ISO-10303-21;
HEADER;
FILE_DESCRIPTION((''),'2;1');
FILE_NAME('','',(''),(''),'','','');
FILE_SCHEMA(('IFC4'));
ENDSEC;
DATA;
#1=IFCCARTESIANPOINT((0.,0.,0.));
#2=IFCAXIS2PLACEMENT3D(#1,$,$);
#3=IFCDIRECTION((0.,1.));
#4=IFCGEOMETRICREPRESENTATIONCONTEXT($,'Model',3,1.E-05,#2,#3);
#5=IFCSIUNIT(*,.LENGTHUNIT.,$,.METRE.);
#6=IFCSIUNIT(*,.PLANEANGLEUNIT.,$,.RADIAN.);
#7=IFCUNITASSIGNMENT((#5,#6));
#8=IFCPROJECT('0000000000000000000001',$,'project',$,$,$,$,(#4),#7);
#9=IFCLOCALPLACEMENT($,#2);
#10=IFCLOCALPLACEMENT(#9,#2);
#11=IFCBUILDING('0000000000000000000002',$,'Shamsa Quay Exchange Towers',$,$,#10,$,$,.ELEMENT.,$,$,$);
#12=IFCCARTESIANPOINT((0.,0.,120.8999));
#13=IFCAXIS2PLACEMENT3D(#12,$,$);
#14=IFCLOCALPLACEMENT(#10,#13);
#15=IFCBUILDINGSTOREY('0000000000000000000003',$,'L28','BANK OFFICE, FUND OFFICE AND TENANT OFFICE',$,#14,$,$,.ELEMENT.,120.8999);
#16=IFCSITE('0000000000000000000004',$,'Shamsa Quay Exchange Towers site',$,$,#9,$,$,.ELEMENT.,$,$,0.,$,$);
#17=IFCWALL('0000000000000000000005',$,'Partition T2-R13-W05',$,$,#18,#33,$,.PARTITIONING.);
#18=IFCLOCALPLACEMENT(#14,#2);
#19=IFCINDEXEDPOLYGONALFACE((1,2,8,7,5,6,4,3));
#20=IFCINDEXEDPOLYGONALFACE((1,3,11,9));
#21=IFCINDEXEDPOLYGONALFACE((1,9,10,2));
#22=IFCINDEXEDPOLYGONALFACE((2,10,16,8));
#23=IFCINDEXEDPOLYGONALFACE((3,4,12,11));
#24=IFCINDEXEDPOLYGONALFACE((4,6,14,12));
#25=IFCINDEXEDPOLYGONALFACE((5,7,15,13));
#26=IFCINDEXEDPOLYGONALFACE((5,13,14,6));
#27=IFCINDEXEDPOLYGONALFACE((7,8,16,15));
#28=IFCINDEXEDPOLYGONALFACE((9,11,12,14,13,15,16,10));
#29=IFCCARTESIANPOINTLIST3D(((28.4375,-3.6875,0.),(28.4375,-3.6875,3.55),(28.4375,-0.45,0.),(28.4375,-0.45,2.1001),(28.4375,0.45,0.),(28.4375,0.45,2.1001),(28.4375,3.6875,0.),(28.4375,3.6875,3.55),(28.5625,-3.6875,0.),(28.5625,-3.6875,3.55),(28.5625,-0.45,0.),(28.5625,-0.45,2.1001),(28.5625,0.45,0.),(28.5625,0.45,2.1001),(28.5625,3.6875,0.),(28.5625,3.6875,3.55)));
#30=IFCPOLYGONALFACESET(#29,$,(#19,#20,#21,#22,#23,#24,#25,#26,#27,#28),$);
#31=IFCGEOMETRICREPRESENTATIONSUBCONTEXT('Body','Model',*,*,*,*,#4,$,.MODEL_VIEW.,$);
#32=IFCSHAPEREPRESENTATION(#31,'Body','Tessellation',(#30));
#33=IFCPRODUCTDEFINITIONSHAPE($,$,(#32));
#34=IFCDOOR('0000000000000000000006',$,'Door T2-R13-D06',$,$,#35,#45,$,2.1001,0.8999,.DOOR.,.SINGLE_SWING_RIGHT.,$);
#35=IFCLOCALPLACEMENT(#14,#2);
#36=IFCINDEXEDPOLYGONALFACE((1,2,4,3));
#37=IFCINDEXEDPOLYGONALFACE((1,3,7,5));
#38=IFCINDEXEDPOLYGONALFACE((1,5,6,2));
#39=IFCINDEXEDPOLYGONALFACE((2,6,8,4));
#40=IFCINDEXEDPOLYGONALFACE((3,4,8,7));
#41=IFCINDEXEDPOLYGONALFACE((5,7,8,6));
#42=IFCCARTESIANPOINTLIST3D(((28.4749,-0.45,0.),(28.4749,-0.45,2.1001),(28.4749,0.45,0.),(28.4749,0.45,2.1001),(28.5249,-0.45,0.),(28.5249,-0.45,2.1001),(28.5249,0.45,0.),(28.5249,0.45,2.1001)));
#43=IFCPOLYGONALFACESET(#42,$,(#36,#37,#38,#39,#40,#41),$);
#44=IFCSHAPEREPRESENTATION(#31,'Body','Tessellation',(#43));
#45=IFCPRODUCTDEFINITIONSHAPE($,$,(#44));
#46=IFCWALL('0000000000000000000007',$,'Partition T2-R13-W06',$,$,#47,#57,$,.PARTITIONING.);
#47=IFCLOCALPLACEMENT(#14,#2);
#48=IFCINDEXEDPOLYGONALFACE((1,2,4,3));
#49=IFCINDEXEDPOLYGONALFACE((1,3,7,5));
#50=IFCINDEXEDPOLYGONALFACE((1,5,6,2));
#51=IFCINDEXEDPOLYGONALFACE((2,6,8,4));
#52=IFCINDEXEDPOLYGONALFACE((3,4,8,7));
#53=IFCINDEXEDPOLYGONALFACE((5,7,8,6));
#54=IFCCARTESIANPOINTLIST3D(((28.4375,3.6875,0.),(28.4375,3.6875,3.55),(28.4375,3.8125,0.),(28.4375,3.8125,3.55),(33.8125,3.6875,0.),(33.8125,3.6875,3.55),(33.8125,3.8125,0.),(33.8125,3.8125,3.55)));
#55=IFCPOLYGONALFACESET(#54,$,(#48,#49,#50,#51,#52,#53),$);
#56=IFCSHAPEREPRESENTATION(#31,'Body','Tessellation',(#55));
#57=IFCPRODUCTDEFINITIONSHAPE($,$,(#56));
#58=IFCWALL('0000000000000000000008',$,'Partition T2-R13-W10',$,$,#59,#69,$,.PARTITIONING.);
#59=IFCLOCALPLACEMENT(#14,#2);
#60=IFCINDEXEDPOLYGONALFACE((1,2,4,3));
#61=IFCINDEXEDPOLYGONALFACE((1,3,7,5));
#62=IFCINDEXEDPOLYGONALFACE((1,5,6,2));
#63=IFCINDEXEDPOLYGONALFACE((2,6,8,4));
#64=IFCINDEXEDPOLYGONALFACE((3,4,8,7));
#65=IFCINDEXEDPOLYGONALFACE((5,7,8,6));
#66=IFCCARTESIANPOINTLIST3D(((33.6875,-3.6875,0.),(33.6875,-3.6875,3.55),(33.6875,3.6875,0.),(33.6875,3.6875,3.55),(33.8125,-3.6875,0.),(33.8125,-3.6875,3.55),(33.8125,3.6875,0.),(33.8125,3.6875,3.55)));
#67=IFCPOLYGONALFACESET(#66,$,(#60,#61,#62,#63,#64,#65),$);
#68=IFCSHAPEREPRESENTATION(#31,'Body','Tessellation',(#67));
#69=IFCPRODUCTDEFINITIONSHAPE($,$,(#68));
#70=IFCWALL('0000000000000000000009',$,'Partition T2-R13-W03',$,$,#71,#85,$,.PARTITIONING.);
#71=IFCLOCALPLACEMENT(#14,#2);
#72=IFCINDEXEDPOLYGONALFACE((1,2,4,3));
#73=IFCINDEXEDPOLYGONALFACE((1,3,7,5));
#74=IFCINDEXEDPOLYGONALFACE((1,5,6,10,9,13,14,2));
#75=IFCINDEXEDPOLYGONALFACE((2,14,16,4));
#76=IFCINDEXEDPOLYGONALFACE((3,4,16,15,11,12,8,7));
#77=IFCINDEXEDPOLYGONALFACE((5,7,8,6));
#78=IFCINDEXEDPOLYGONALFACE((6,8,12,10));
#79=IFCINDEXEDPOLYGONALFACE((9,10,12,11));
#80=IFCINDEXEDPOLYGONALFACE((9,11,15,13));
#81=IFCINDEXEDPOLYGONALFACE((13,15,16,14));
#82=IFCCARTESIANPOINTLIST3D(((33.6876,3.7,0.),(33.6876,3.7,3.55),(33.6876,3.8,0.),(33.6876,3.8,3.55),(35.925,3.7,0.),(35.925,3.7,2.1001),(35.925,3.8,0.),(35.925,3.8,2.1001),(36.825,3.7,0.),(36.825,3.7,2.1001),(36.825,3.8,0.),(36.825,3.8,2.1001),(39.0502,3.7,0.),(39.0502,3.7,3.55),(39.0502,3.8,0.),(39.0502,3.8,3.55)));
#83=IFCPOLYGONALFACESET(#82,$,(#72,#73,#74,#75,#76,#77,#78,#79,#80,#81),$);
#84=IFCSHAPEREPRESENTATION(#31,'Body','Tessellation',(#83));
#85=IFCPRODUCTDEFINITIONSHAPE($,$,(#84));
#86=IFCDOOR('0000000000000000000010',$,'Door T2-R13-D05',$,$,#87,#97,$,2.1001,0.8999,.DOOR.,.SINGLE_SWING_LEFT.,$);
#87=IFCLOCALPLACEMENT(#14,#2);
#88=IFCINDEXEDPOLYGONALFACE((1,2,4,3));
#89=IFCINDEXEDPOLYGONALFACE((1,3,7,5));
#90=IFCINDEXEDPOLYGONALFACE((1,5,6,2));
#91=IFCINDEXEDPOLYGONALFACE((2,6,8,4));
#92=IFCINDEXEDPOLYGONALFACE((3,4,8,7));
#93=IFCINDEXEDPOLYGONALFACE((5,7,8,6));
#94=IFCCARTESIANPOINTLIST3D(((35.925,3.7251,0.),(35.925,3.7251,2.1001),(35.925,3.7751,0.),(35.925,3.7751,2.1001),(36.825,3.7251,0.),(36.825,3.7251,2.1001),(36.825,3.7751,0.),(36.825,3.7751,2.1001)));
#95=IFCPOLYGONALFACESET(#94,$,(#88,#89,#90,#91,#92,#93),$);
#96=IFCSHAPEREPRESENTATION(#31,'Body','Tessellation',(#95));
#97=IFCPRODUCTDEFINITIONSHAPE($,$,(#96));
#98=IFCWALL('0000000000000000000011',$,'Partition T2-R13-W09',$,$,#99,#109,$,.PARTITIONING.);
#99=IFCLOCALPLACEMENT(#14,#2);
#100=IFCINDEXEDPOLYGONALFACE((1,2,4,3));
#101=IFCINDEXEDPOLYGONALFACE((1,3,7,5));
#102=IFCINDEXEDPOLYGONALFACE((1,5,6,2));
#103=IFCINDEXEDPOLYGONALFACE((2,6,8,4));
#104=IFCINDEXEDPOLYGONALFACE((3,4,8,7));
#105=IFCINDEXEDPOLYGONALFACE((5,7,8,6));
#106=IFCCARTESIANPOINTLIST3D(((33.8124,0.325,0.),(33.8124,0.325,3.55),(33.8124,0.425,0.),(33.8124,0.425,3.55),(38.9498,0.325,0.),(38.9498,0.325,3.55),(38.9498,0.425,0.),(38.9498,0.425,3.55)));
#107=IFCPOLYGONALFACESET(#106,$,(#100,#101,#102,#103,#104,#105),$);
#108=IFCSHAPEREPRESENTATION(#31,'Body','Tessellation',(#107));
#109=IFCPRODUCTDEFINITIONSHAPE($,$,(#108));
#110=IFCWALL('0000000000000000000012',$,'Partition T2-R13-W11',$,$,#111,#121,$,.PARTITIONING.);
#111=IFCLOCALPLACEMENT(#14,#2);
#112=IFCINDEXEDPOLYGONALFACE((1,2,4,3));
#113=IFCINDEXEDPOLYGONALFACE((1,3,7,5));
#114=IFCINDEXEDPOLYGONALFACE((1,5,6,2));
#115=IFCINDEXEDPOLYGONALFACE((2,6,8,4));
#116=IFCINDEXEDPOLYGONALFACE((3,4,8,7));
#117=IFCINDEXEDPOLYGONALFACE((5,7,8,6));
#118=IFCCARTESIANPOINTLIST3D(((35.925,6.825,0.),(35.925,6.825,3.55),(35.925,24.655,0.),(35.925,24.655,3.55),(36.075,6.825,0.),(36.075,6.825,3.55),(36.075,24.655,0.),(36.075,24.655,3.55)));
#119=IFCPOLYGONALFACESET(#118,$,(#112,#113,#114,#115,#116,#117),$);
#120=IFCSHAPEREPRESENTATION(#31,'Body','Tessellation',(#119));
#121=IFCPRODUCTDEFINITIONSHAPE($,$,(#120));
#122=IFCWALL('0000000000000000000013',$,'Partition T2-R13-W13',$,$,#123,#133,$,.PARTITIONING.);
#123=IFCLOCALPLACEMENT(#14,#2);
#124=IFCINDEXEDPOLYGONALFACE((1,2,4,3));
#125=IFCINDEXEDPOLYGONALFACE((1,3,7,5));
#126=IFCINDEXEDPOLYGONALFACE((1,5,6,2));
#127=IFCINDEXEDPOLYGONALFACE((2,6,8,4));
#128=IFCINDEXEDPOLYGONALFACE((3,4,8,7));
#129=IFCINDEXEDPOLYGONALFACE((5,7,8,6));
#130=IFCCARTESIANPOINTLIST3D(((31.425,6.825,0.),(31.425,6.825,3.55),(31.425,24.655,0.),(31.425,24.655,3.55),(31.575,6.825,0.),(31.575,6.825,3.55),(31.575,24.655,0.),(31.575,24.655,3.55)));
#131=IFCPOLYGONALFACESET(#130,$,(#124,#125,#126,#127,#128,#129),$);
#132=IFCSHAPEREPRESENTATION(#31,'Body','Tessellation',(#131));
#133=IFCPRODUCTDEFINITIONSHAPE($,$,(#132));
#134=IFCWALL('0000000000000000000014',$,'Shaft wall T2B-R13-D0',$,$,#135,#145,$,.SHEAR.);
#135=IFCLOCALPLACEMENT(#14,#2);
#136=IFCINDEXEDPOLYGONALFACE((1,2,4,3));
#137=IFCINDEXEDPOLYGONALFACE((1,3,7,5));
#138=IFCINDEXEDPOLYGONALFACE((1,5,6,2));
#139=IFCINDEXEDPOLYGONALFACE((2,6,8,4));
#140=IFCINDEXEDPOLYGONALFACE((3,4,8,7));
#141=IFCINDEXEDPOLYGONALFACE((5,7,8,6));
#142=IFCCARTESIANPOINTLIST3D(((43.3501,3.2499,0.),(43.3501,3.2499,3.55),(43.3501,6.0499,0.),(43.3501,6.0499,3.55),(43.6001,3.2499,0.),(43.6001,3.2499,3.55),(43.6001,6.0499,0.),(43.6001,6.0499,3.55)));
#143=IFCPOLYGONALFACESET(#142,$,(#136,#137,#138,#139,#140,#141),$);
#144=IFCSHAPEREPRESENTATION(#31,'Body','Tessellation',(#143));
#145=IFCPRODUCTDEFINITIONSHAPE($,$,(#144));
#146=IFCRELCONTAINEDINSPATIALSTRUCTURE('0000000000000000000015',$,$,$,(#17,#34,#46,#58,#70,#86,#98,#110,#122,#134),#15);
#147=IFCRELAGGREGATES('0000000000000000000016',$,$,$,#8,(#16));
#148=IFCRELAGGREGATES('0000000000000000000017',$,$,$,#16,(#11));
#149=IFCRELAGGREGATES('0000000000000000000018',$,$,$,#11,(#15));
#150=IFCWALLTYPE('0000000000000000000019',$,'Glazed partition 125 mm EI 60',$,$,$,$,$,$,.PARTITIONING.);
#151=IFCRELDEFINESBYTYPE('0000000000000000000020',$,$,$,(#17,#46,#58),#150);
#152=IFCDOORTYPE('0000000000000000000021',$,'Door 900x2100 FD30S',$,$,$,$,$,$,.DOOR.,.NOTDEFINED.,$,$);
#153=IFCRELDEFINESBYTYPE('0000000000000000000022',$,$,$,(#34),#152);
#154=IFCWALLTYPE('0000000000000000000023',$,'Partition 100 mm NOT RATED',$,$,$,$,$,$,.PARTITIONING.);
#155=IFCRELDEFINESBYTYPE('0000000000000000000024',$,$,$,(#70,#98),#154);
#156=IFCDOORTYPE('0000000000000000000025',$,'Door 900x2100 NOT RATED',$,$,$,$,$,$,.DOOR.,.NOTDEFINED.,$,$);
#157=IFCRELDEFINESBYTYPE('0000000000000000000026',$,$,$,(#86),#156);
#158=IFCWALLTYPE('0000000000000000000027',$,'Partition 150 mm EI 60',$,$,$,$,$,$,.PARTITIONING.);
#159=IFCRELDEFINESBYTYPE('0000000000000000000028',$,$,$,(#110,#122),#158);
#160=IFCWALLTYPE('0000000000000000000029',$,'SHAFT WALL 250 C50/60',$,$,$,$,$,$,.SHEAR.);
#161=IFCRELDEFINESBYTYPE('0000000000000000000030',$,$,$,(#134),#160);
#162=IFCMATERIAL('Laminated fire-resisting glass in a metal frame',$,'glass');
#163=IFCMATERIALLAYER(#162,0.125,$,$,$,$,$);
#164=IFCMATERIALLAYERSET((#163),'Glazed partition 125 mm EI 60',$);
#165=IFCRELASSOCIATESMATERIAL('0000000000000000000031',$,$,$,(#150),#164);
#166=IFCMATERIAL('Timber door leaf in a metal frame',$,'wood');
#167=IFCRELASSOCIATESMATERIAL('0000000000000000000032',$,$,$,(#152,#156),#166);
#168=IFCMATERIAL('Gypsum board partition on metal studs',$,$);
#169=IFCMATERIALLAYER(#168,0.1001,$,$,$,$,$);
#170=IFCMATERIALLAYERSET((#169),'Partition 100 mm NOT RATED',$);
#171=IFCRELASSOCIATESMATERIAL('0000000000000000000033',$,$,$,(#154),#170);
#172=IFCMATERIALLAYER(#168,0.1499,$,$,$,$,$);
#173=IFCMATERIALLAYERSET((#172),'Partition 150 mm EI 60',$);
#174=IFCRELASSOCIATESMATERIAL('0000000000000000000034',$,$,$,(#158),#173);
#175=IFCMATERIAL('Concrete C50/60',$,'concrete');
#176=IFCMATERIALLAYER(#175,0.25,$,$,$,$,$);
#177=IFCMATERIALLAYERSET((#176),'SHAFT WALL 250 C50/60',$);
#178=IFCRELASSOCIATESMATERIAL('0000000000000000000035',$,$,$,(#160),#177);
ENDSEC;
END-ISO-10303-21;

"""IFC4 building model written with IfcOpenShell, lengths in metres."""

from ifc_helpers import new_model, si_unit, direction, frame, frame_2d, origin, place, context, subcontext, project, spatial, rectangle, extrude, material, layer, layer_set, type_object, element, fill, save


model = new_model("IFC4")

# Units and contexts
model_context = context("Model", 3, precision=1e-05, world=origin(), true_north=direction((0.0, 1.0)))
body_context = subcontext(model_context, "Body", "Model", "MODEL_VIEW")
ifc_project = project(units=[si_unit("LENGTHUNIT", "METRE"), si_unit("PLANEANGLEUNIT", "RADIAN")], contexts=[model_context])

# Site, building, storey
site_placement = place(None, origin())
site = spatial("IfcSite", under=ifc_project, at=site_placement, Name="Shamsa Quay Exchange Towers site", CompositionType="ELEMENT", RefElevation=0.0)
building_placement = place(site_placement, origin())
building = spatial("IfcBuilding", under=site, at=building_placement, Name="Shamsa Quay Exchange Towers", CompositionType="ELEMENT")
storey_placement = place(building_placement, frame((0.0, 0.0, 120.8999)))
storey = spatial("IfcBuildingStorey", under=building, at=storey_placement, Name="L28", Description="BANK OFFICE, FUND OFFICE AND TENANT OFFICE", CompositionType="ELEMENT", Elevation=120.8999)

# Wall, opening, door
ifc_material_1 = material(Name="Laminated fire-resisting glass in a metal frame", Category="glass")
ifc_layer_1 = layer(ifc_material_1, 0.125)
ifc_layer_set_1 = layer_set([ifc_layer_1], Name="Glazed partition 125 mm EI 60")
wall_type_1 = type_object("IfcWallType", Name="Glazed partition 125 mm EI 60", PredefinedType="PARTITIONING", material=ifc_layer_set_1)
wall_1_placement = place(storey_placement, frame((28.5, 3.6875, 0.0), z_axis=(0.0, 0.0, 1.0), x_axis=(0.0, -1.0, 0.0)))
wall_1 = element("IfcWall", 1, at=wall_1_placement, inside=storey, type_object=wall_type_1, Name="Partition T2-R13-W05", PredefinedType="PARTITIONING", context=body_context, shape_type="SweptSolid", body=[
    extrude(rectangle(XDim=7.375, YDim=0.125, at=frame_2d((3.6875, 0.0))), origin(), (0.0, 0.0, 1.0), 3.55),
])
opening_1_placement = place(wall_1_placement, frame((3.2375, 0.0, 0.0)))
opening_1 = element("IfcOpeningElement", 2, at=opening_1_placement, cuts=wall_1, PredefinedType="OPENING", context=body_context, shape_type="SweptSolid", body=[
    extrude(rectangle(XDim=0.8999, YDim=2.1001, at=frame_2d((0.45, 1.05))), frame((0.0, 0.0725, 0.0), z_axis=(0.0, -1.0, 0.0), x_axis=(1.0, 0.0, 0.0)), (0.0, 0.0, 1.0), 0.145),
])
ifc_material_2 = material(Name="Timber door leaf in a metal frame", Category="wood")
door_type_1 = type_object("IfcDoorType", Name="Door 900x2100 FD30S", OperationType="NOTDEFINED", PredefinedType="DOOR", material=ifc_material_2)
door_1_placement = place(opening_1_placement, origin())
door_1 = element("IfcDoor", 3, at=door_1_placement, inside=storey, type_object=door_type_1, Name="Door T2-R13-D06", OperationType="SINGLE_SWING_RIGHT", OverallHeight=2.1001, OverallWidth=0.8999, PredefinedType="DOOR", context=body_context, shape_type="SweptSolid", body=[
    extrude(rectangle(XDim=0.8999, YDim=2.1001, at=frame_2d((0.45, 1.05))), frame((0.0, 0.0249, 0.0), z_axis=(0.0, -1.0, 0.0), x_axis=(1.0, 0.0, 0.0)), (0.0, 0.0, 1.0), 0.05),
])
fill(opening_1, door_1)

# Walls
wall_2_placement = place(storey_placement, frame((33.8125, 3.75, 0.0), z_axis=(0.0, 0.0, 1.0), x_axis=(-1.0, 0.0, 0.0)))
element("IfcWall", 4, at=wall_2_placement, inside=storey, type_object=wall_type_1, Name="Partition T2-R13-W06", PredefinedType="PARTITIONING", context=body_context, shape_type="SweptSolid", body=[
    extrude(rectangle(XDim=5.375, YDim=0.125, at=frame_2d((2.6875, 0.0))), origin(), (0.0, 0.0, 1.0), 3.55),
])
wall_3_placement = place(storey_placement, frame((33.75, 3.6875, 0.0), z_axis=(0.0, 0.0, 1.0), x_axis=(0.0, -1.0, 0.0)))
element("IfcWall", 5, at=wall_3_placement, inside=storey, type_object=wall_type_1, Name="Partition T2-R13-W10", PredefinedType="PARTITIONING", context=body_context, shape_type="SweptSolid", body=[
    extrude(rectangle(XDim=7.375, YDim=0.125, at=frame_2d((3.6875, 0.0))), origin(), (0.0, 0.0, 1.0), 3.55),
])

# Wall, opening, door
ifc_material_3 = material(Name="Gypsum board partition on metal studs")
ifc_layer_2 = layer(ifc_material_3, 0.1001)
ifc_layer_set_2 = layer_set([ifc_layer_2], Name="Partition 100 mm NOT RATED")
wall_type_2 = type_object("IfcWallType", Name="Partition 100 mm NOT RATED", PredefinedType="PARTITIONING", material=ifc_layer_set_2)
wall_4_placement = place(storey_placement, frame((39.05, 3.75, 0.0), z_axis=(0.0, 0.0, 1.0), x_axis=(-1.0, 0.0, 0.0)))
wall_4 = element("IfcWall", 6, at=wall_4_placement, inside=storey, type_object=wall_type_2, Name="Partition T2-R13-W03", PredefinedType="PARTITIONING", context=body_context, shape_type="SweptSolid", body=[
    extrude(rectangle(XDim=5.3625, YDim=0.1001, at=frame_2d((2.6812, 0.0))), origin(), (0.0, 0.0, 1.0), 3.55),
])
opening_2_placement = place(wall_4_placement, frame((2.2251, 0.0, 0.0)))
opening_2 = element("IfcOpeningElement", 7, at=opening_2_placement, cuts=wall_4, PredefinedType="OPENING", context=body_context, shape_type="SweptSolid", body=[
    extrude(rectangle(XDim=0.8999, YDim=2.1001, at=frame_2d((0.45, 1.05))), frame((0.0, 0.0601, 0.0), z_axis=(0.0, -1.0, 0.0), x_axis=(1.0, 0.0, 0.0)), (0.0, 0.0, 1.0), 0.1201),
])
door_type_2 = type_object("IfcDoorType", Name="Door 900x2100 NOT RATED", OperationType="NOTDEFINED", PredefinedType="DOOR", material=ifc_material_2)
door_2_placement = place(opening_2_placement, origin())
door_2 = element("IfcDoor", 8, at=door_2_placement, inside=storey, type_object=door_type_2, Name="Door T2-R13-D05", OperationType="SINGLE_SWING_LEFT", OverallHeight=2.1001, OverallWidth=0.8999, PredefinedType="DOOR", context=body_context, shape_type="SweptSolid", body=[
    extrude(rectangle(XDim=0.8999, YDim=2.1001, at=frame_2d((0.45, 1.05))), frame((0.0, 0.0249, 0.0), z_axis=(0.0, -1.0, 0.0), x_axis=(1.0, 0.0, 0.0)), (0.0, 0.0, 1.0), 0.05),
])
fill(opening_2, door_2)

# Walls
wall_5_placement = place(storey_placement, frame((38.95, 0.375, 0.0), z_axis=(0.0, 0.0, 1.0), x_axis=(-1.0, 0.0, 0.0)))
element("IfcWall", 9, at=wall_5_placement, inside=storey, type_object=wall_type_2, Name="Partition T2-R13-W09", PredefinedType="PARTITIONING", context=body_context, shape_type="SweptSolid", body=[
    extrude(rectangle(XDim=5.1375, YDim=0.1001, at=frame_2d((2.5688, 0.0))), origin(), (0.0, 0.0, 1.0), 3.55),
])
ifc_layer_3 = layer(ifc_material_3, 0.1499)
ifc_layer_set_3 = layer_set([ifc_layer_3], Name="Partition 150 mm EI 60")
wall_type_3 = type_object("IfcWallType", Name="Partition 150 mm EI 60", PredefinedType="PARTITIONING", material=ifc_layer_set_3)
for number, where, z_axis, x_axis, name in (
    (10, (36.0, 24.655, 0.0), (0.0, 0.0, 1.0), (0.0, -1.0, 0.0), "Partition T2-R13-W11"),
    (11, (31.5, 24.655, 0.0), (0.0, 0.0, 1.0), (0.0, -1.0, 0.0), "Partition T2-R13-W13"),
):
    element("IfcWall", number, at=place(storey_placement, frame(where, z_axis=z_axis, x_axis=x_axis)), inside=storey, type_object=wall_type_3, Name=name, PredefinedType="PARTITIONING", context=body_context, shape_type="SweptSolid", body=[
        extrude(rectangle(XDim=17.8301, YDim=0.1499, at=frame_2d((8.915, 0.0))), origin(), (0.0, 0.0, 1.0), 3.55),
    ])
ifc_material_4 = material(Name="Concrete C50/60", Category="concrete")
ifc_layer_4 = layer(ifc_material_4, 0.25)
ifc_layer_set_4 = layer_set([ifc_layer_4], Name="SHAFT WALL 250 C50/60")
wall_type_4 = type_object("IfcWallType", Name="SHAFT WALL 250 C50/60", PredefinedType="SHEAR", material=ifc_layer_set_4)
wall_6_placement = place(storey_placement, frame((43.4751, 3.25, 0.0), z_axis=(0.0, 0.0, 1.0), x_axis=(0.0, 1.0, 0.0)))
element("IfcWall", 12, at=wall_6_placement, inside=storey, type_object=wall_type_4, Name="Shaft wall T2B-R13-D0", PredefinedType="SHEAR", context=body_context, shape_type="SweptSolid", body=[
    extrude(rectangle(XDim=2.8, YDim=0.25, at=frame_2d((1.3999, 0.0))), origin(), (0.0, 0.0, 1.0), 3.55),
])

save(model, "model.ifc")
